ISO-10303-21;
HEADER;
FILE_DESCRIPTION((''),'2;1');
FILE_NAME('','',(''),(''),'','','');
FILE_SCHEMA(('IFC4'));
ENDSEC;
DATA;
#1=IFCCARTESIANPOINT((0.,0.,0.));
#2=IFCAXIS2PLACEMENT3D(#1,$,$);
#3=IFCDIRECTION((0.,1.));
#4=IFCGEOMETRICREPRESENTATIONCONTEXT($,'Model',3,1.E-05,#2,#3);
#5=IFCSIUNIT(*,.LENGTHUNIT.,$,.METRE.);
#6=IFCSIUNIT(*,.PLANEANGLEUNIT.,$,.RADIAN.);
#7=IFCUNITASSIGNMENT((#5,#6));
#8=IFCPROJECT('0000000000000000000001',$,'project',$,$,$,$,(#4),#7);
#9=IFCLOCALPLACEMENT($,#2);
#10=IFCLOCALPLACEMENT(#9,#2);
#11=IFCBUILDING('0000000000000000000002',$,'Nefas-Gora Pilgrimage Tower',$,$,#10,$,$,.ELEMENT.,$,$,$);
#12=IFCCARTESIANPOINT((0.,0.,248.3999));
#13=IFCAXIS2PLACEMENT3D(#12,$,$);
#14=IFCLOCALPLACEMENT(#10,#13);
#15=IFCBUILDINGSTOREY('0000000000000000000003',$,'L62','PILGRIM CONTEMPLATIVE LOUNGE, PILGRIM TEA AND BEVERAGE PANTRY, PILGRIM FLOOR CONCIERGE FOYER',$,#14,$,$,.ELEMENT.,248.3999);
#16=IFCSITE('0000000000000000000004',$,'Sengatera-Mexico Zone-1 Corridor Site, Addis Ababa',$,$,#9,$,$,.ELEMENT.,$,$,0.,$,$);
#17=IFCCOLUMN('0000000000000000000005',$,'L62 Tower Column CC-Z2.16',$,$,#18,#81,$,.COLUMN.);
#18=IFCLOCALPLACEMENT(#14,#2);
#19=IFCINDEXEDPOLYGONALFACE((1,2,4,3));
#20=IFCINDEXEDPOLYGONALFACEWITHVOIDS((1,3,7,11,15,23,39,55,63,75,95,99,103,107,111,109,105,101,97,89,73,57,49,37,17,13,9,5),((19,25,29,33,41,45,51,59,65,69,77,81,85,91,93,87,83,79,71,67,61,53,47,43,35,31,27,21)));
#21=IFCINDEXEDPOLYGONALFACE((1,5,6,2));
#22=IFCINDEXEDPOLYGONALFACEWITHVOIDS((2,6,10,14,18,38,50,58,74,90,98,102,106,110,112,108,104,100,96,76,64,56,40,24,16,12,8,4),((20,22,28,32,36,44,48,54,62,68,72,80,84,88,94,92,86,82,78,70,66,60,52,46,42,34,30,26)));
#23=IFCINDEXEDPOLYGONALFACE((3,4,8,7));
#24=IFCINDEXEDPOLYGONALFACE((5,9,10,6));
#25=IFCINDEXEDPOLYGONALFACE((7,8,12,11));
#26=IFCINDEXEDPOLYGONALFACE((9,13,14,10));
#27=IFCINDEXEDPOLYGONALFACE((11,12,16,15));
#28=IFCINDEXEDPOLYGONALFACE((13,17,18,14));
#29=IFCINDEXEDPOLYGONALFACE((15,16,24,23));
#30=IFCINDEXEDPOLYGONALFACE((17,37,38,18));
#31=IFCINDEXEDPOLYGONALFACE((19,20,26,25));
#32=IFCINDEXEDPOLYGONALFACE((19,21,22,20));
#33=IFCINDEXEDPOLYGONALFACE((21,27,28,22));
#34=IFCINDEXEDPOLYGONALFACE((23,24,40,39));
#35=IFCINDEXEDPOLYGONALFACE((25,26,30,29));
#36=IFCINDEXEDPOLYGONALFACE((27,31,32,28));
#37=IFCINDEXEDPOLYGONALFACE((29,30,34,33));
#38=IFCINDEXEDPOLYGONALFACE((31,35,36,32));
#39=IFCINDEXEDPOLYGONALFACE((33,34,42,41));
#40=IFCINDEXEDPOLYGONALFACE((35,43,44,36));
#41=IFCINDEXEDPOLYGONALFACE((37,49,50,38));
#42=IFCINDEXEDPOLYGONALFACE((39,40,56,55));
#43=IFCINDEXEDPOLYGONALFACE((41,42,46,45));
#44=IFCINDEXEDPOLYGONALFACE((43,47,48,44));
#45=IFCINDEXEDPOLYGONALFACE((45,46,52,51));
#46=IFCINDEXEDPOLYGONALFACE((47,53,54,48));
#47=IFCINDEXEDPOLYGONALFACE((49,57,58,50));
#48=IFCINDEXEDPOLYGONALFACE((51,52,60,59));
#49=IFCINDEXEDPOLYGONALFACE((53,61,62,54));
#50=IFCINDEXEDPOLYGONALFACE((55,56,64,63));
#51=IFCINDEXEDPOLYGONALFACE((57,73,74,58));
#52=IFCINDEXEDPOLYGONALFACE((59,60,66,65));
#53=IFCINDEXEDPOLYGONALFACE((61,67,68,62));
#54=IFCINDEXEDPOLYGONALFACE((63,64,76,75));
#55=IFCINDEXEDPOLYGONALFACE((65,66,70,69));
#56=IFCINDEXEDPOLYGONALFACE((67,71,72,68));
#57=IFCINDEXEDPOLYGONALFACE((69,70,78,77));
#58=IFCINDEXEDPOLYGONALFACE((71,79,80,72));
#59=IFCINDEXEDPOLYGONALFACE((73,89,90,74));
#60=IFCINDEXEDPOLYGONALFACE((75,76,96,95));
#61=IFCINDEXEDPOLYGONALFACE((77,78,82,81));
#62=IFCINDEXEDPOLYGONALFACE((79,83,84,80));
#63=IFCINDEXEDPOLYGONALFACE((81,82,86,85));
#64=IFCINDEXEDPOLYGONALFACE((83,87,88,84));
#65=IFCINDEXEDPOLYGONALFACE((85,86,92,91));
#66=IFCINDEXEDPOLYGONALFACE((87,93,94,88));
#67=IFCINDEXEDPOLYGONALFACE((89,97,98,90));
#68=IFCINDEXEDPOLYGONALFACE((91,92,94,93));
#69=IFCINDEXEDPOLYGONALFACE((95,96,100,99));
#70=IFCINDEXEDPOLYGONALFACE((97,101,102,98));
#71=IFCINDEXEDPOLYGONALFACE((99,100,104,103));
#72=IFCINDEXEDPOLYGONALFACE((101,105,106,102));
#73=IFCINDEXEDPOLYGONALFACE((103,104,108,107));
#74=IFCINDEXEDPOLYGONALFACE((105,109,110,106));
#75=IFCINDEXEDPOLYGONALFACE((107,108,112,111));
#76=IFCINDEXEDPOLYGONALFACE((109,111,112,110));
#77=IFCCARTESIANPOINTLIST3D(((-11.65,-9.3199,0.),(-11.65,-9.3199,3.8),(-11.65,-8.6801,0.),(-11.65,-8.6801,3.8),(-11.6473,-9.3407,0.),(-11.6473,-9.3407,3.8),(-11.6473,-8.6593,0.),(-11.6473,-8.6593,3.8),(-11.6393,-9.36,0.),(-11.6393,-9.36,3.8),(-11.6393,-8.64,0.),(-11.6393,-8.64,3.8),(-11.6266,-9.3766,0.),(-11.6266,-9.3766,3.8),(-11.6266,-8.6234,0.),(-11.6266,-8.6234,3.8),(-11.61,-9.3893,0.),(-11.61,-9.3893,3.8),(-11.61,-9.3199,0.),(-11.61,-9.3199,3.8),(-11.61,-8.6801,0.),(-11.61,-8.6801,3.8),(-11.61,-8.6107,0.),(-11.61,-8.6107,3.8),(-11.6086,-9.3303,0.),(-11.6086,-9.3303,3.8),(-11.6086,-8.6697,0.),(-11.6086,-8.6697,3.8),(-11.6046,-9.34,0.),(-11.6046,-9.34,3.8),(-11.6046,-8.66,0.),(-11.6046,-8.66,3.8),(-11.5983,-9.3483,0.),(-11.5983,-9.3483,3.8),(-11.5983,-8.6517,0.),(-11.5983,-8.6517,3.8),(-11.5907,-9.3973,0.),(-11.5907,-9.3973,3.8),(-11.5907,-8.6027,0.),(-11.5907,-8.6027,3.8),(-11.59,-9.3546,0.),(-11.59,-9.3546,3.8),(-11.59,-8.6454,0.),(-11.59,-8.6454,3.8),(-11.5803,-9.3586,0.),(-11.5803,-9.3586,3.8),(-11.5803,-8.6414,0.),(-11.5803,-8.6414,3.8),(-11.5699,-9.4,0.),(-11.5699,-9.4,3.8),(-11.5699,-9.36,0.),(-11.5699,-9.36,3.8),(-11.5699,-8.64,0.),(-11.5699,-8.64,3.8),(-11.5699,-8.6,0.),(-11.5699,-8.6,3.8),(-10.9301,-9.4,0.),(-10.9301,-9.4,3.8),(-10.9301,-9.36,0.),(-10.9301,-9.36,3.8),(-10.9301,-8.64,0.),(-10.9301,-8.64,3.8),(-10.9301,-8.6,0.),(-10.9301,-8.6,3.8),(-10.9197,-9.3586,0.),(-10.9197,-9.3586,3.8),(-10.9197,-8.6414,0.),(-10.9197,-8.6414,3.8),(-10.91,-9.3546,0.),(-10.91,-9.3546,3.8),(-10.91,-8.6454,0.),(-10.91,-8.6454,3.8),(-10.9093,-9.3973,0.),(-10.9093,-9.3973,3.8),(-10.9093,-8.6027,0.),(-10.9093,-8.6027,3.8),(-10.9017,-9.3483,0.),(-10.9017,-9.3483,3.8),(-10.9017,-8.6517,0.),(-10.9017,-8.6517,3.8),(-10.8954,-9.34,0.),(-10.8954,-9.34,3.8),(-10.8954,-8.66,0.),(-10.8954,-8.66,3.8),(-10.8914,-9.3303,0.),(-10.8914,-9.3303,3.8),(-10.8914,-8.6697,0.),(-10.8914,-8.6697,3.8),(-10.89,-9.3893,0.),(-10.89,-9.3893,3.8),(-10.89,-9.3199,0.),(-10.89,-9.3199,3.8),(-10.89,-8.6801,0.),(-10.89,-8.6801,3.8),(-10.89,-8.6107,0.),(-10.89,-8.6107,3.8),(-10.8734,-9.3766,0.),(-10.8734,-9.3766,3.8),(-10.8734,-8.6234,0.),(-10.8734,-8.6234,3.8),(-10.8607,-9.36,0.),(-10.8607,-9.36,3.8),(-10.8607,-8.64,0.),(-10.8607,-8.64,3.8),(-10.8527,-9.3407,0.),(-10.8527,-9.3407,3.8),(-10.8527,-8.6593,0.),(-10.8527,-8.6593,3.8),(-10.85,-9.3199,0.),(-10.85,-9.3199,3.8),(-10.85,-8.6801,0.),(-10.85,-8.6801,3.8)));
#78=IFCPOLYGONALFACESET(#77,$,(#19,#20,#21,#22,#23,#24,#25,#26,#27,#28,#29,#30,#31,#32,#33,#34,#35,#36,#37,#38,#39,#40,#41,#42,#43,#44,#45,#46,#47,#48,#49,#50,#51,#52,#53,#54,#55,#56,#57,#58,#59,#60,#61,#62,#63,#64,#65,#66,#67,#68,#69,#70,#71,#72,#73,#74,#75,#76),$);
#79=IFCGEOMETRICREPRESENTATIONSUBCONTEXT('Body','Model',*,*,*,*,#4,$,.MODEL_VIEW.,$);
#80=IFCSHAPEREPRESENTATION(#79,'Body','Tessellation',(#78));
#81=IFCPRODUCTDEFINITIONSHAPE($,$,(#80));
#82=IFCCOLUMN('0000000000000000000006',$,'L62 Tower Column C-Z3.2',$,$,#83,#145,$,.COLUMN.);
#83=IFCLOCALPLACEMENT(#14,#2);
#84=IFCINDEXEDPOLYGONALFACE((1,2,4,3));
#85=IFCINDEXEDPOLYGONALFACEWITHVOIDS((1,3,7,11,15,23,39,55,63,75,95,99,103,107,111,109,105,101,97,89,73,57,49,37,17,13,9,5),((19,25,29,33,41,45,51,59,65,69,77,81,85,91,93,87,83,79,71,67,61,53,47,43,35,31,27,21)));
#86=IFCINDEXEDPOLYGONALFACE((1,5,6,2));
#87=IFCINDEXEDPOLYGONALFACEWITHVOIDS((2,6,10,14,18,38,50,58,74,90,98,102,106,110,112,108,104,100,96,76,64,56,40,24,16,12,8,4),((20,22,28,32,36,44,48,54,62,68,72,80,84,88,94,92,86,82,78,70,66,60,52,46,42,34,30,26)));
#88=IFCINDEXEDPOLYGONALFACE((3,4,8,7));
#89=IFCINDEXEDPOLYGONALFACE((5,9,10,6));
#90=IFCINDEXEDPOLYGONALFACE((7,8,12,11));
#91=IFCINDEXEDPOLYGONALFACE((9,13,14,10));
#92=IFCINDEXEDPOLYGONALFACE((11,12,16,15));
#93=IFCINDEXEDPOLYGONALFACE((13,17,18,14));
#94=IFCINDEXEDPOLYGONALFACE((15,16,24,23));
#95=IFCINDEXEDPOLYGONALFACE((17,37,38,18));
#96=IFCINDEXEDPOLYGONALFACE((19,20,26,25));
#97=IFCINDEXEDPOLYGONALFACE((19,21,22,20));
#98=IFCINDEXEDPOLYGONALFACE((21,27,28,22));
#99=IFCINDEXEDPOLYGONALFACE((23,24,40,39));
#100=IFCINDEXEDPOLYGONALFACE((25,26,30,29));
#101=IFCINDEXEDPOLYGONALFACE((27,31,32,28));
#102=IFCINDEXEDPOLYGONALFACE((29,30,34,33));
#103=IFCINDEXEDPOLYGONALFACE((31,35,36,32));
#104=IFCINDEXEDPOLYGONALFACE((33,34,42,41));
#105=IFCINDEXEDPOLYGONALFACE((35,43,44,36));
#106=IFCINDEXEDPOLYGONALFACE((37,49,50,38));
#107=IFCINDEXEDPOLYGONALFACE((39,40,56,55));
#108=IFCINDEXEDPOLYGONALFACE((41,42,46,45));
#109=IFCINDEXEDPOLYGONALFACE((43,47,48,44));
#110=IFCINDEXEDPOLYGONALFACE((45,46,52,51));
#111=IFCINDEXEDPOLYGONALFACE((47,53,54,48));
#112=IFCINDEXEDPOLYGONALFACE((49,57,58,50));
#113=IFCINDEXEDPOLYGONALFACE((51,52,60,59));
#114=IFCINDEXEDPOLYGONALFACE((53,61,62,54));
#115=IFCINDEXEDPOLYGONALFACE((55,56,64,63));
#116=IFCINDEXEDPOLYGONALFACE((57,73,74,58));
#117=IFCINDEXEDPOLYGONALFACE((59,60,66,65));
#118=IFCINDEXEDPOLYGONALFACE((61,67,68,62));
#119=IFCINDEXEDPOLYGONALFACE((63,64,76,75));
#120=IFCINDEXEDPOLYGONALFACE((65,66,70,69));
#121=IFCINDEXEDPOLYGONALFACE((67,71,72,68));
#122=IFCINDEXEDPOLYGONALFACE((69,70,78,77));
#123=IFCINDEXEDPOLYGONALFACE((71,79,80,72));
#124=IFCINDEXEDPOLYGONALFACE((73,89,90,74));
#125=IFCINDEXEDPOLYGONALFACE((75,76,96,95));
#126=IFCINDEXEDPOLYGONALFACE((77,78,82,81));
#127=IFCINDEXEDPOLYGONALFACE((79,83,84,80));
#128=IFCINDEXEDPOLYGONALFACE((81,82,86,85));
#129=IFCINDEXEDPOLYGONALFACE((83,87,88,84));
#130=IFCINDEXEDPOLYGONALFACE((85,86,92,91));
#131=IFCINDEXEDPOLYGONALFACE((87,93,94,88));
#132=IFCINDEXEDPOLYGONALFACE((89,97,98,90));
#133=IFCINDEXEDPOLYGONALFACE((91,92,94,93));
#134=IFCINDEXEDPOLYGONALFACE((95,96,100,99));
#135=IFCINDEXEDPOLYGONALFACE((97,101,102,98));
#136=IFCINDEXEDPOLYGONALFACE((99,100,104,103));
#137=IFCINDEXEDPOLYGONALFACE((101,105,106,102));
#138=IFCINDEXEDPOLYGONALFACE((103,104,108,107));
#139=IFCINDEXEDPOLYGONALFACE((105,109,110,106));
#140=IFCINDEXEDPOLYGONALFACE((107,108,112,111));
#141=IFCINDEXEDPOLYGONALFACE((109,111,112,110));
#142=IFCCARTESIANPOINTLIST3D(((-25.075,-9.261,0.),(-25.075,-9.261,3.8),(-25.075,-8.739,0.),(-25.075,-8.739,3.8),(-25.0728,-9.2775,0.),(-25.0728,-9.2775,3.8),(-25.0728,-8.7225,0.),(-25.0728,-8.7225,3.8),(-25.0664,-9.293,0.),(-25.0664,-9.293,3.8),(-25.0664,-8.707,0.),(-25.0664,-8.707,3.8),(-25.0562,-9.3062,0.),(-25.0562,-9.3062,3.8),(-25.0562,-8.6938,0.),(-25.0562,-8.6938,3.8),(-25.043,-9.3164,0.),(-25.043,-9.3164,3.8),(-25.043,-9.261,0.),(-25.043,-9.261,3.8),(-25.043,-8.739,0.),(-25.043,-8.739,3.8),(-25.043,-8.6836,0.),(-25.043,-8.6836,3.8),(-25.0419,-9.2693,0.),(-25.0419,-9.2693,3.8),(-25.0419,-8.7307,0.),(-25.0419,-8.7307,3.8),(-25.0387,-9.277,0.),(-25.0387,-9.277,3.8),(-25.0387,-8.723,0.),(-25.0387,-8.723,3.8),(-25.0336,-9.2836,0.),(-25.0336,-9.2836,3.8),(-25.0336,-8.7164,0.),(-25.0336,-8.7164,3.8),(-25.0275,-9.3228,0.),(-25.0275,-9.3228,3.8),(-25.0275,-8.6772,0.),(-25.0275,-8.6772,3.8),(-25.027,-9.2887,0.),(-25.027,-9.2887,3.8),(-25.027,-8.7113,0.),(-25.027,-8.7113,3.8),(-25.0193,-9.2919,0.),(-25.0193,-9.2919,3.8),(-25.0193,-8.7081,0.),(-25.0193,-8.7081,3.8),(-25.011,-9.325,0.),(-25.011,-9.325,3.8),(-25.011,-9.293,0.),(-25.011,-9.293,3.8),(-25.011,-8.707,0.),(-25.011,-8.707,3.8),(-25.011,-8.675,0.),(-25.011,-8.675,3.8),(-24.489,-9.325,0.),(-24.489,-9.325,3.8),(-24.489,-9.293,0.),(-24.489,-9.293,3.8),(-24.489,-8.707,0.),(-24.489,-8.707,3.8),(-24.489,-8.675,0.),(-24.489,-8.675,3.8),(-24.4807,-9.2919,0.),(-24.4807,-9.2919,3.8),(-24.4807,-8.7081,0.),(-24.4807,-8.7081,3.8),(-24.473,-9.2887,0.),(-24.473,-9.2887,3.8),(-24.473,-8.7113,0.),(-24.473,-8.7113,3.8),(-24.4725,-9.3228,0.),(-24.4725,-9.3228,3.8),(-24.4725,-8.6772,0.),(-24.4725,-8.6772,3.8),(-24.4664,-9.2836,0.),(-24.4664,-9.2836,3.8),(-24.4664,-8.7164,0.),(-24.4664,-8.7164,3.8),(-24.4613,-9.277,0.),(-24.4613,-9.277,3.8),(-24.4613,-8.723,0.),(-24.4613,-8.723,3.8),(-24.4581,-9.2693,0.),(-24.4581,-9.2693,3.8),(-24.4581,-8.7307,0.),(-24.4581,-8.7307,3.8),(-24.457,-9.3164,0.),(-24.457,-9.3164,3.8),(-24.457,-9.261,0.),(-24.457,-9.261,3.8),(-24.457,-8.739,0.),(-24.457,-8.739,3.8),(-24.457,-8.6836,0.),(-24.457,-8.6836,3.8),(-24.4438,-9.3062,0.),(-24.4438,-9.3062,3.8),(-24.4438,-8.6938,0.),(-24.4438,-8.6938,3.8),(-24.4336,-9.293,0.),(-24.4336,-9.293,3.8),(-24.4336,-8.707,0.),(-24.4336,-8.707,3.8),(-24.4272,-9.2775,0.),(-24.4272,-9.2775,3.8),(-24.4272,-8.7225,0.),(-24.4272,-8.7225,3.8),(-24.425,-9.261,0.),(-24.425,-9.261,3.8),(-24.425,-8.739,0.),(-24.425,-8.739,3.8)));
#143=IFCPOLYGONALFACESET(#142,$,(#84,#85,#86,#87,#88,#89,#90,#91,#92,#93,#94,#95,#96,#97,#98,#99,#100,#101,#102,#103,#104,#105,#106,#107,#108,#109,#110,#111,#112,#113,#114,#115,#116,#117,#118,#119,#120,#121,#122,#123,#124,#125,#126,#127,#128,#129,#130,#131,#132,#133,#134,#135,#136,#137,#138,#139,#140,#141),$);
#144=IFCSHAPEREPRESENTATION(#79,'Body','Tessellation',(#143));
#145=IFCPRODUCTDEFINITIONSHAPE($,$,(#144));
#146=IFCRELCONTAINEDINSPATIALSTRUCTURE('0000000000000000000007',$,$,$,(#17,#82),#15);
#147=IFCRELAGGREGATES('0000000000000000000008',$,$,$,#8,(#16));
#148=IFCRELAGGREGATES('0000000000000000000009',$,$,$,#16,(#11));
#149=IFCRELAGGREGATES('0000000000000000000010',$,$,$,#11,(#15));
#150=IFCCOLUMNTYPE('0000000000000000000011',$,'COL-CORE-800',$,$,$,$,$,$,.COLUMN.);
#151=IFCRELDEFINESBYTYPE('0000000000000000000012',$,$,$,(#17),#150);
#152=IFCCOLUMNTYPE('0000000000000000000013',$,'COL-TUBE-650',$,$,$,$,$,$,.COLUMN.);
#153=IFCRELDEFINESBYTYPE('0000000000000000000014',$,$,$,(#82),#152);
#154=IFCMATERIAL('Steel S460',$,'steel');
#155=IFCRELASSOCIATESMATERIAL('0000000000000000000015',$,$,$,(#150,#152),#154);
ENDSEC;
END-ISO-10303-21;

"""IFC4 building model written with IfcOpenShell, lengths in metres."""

from ifc_helpers import new_model, si_unit, direction, frame, origin, origin_2d, place, context, subcontext, project, spatial, hollow_rectangle, extrude, source, transform, mapped, material, material_profile, profile_set, type_object, element, save


model = new_model("IFC4")

# Units and contexts
model_context = context("Model", 3, precision=1e-05, world=origin(), true_north=direction((0.0, 1.0)))
body_context = subcontext(model_context, "Body", "Model", "MODEL_VIEW")
ifc_project = project(units=[si_unit("LENGTHUNIT", "METRE"), si_unit("PLANEANGLEUNIT", "RADIAN")], contexts=[model_context])

# Site, building, storey
site_placement = place(None, origin())
site = spatial("IfcSite", under=ifc_project, at=site_placement, Name="Sengatera-Mexico Zone-1 Corridor Site, Addis Ababa", CompositionType="ELEMENT", RefElevation=0.0)
building_placement = place(site_placement, origin())
building = spatial("IfcBuilding", under=site, at=building_placement, Name="Nefas-Gora Pilgrimage Tower", CompositionType="ELEMENT")
storey_placement = place(building_placement, frame((0.0, 0.0, 248.3999)))
storey = spatial("IfcBuildingStorey", under=building, at=storey_placement, Name="L62", Description="PILGRIM CONTEMPLATIVE LOUNGE, PILGRIM TEA AND BEVERAGE PANTRY, PILGRIM FLOOR CONCIERGE FOYER", CompositionType="ELEMENT", Elevation=248.3999)

# Columns
ifc_material_1 = material(Name="Steel S460", Category="steel")
ifc_material_profile_1 = material_profile(ifc_material_1, hollow_rectangle(XDim=0.8, YDim=0.8, WallThickness=0.04, InnerFilletRadius=0.04, OuterFilletRadius=0.0801, at=origin_2d()), Name="BOX 800x800x40")
ifc_profile_set_1 = profile_set([ifc_material_profile_1], Name="Steel S460")
column_type_1 = type_object("IfcColumnType", Name="COL-CORE-800", PredefinedType="COLUMN", material=ifc_profile_set_1)
shared_shape_1 = source(origin(), body_context, "Body", "SweptSolid", [
    extrude(hollow_rectangle(XDim=0.8, YDim=0.8, WallThickness=0.04, InnerFilletRadius=0.04, OuterFilletRadius=0.0801, at=origin_2d()), origin(), (0.0, 0.0, 1.0), 3.8),
])
column_placement = place(storey_placement, frame((-11.25, -9.0, 0.0), z_axis=(0.0, 0.0, 1.0), x_axis=(1.0, 0.0, 0.0)))
element("IfcColumn", 1, at=column_placement, inside=storey, type_object=column_type_1, Name="L62 Tower Column CC-Z2.16", PredefinedType="COLUMN", context=body_context, shape_type="MappedRepresentation", body=[
    mapped(shared_shape_1, transform((0.0, 0.0, 0.0), x_axis=(1.0, 0.0, 0.0), y_axis=(0.0, 1.0, 0.0), z_axis=(0.0, 0.0, 1.0), scale=1.0)),
])
ifc_material_profile_2 = material_profile(ifc_material_1, hollow_rectangle(XDim=0.6499, YDim=0.6499, WallThickness=0.032, InnerFilletRadius=0.032, OuterFilletRadius=0.064, at=origin_2d()), Name="BOX 650x650x32")
ifc_profile_set_2 = profile_set([ifc_material_profile_2], Name="Steel S460")
column_type_2 = type_object("IfcColumnType", Name="COL-TUBE-650", PredefinedType="COLUMN", material=ifc_profile_set_2)
shared_shape_2 = source(origin(), body_context, "Body", "SweptSolid", [
    extrude(hollow_rectangle(XDim=0.6499, YDim=0.6499, WallThickness=0.032, InnerFilletRadius=0.032, OuterFilletRadius=0.064, at=origin_2d()), origin(), (0.0, 0.0, 1.0), 3.8),
])
for number, where, z_axis, x_axis, name in (
    (2, (-24.75, -9.0, 0.0), (0.0, 0.0, 1.0), (1.0, 0.0, 0.0), "L62 Tower Column C-Z3.2"),
):
    element("IfcColumn", number, at=place(storey_placement, frame(where, z_axis=z_axis, x_axis=x_axis)), inside=storey, type_object=column_type_2, Name=name, PredefinedType="COLUMN", context=body_context, shape_type="MappedRepresentation", body=[
        mapped(shared_shape_2, transform((0.0, 0.0, 0.0), x_axis=(1.0, 0.0, 0.0), y_axis=(0.0, 1.0, 0.0), z_axis=(0.0, 0.0, 1.0), scale=1.0)),
    ])

save(model, "model.ifc")
